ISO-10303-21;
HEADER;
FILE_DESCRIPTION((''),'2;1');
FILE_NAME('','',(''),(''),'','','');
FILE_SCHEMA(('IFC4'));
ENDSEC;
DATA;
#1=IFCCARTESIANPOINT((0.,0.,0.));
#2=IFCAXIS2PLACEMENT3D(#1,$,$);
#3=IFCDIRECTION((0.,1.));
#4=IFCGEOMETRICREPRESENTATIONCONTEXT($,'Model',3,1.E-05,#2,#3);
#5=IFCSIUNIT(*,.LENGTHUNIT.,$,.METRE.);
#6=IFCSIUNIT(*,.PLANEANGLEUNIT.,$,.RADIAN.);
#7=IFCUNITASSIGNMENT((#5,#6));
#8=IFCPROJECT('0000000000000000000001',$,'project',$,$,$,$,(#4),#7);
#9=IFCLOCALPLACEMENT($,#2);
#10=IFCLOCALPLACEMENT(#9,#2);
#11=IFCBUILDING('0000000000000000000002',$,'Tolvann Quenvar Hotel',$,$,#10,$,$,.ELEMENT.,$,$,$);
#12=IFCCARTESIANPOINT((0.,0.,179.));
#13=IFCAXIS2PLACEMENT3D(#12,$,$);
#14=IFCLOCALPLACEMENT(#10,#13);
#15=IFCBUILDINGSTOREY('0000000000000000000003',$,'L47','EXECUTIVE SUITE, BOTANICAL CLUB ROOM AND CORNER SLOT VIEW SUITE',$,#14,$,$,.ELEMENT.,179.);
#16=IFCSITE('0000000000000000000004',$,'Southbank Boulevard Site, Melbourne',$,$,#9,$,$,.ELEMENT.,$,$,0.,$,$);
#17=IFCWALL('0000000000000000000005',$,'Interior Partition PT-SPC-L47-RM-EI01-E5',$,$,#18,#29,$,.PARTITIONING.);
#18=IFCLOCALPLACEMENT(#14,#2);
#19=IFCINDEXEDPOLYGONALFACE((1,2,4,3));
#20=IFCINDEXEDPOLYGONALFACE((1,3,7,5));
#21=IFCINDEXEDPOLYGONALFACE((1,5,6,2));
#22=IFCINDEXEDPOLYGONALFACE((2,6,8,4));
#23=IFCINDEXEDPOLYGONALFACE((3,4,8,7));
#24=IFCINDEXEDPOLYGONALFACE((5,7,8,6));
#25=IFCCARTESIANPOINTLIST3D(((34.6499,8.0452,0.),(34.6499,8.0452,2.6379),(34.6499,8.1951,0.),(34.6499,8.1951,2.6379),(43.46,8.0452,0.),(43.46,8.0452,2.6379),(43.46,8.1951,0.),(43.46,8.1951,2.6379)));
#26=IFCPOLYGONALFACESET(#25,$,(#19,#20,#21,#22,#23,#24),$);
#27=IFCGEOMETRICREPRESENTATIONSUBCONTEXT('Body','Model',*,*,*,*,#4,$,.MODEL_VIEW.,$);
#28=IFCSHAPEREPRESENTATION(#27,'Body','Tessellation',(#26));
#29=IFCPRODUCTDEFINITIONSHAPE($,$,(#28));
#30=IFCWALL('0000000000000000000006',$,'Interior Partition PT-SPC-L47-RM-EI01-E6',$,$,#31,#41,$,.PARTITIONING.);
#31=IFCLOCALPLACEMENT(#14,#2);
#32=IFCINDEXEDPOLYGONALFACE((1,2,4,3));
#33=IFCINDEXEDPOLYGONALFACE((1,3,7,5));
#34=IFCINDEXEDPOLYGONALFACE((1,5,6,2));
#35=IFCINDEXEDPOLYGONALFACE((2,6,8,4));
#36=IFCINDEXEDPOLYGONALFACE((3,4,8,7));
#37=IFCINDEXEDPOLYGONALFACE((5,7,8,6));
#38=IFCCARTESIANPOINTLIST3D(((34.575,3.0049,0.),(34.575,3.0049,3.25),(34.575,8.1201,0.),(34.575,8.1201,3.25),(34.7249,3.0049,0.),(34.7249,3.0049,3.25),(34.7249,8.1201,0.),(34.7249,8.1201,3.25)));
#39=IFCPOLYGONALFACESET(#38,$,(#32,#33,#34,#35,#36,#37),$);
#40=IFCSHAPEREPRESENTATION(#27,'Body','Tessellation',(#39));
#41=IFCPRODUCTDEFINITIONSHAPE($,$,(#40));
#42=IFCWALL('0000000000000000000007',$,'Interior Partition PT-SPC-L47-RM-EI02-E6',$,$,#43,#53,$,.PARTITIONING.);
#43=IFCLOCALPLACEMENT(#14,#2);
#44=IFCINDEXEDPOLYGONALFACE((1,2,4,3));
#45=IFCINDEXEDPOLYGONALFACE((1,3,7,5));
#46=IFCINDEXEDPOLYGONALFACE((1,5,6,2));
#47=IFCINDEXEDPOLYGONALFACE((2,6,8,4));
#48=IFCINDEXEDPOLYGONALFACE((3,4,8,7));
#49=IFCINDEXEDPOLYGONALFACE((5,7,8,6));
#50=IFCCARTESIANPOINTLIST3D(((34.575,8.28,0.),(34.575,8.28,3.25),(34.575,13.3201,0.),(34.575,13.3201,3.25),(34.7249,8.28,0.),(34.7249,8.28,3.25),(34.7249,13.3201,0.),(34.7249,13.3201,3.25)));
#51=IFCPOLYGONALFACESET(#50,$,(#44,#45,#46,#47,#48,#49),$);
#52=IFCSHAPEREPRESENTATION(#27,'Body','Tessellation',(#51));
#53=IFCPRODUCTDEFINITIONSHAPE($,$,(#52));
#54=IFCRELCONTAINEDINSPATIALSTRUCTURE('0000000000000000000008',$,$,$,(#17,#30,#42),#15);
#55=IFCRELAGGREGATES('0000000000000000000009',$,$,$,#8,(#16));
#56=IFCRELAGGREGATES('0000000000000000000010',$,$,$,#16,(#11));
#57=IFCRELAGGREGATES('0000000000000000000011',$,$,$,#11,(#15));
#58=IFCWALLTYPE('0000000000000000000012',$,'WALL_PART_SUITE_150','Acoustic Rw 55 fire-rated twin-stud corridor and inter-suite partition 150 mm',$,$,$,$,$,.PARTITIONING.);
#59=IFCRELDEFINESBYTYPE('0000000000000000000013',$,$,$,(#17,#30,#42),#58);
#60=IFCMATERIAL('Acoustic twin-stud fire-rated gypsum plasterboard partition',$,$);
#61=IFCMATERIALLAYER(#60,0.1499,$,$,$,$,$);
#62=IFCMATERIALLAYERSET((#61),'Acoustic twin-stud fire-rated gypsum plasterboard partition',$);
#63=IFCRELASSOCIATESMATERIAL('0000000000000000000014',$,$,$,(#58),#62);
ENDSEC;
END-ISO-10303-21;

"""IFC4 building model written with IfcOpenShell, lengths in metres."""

from ifc_helpers import new_model, si_unit, direction, frame, frame_2d, origin, place, context, subcontext, project, spatial, rectangle, extrude, material, layer, layer_set, type_object, element, save


model = new_model("IFC4")

# Units and contexts
model_context = context("Model", 3, precision=1e-05, world=origin(), true_north=direction((0.0, 1.0)))
body_context = subcontext(model_context, "Body", "Model", "MODEL_VIEW")
ifc_project = project(units=[si_unit("LENGTHUNIT", "METRE"), si_unit("PLANEANGLEUNIT", "RADIAN")], contexts=[model_context])

# Site, building, storey
site_placement = place(None, origin())
site = spatial("IfcSite", under=ifc_project, at=site_placement, Name="Southbank Boulevard Site, Melbourne", CompositionType="ELEMENT", RefElevation=0.0)
building_placement = place(site_placement, origin())
building = spatial("IfcBuilding", under=site, at=building_placement, Name="Tolvann Quenvar Hotel", CompositionType="ELEMENT")
storey_placement = place(building_placement, frame((0.0, 0.0, 179.0)))
storey = spatial("IfcBuildingStorey", under=building, at=storey_placement, Name="L47", Description="EXECUTIVE SUITE, BOTANICAL CLUB ROOM AND CORNER SLOT VIEW SUITE", CompositionType="ELEMENT", Elevation=179.0)

# Walls
ifc_material_1 = material(Name="Acoustic twin-stud fire-rated gypsum plasterboard partition")
ifc_layer_1 = layer(ifc_material_1, 0.1499)
ifc_layer_set_1 = layer_set([ifc_layer_1], Name="Acoustic twin-stud fire-rated gypsum plasterboard partition")
wall_type_1 = type_object("IfcWallType", Name="WALL_PART_SUITE_150", Description="Acoustic Rw 55 fire-rated twin-stud corridor and inter-suite partition 150 mm", PredefinedType="PARTITIONING", material=ifc_layer_set_1)
wall_1_placement = place(storey_placement, frame((34.6499, 8.1201, 0.0), z_axis=(0.0, 0.0, 1.0), x_axis=(1.0, 0.0, 0.0)))
element("IfcWall", 1, at=wall_1_placement, inside=storey, type_object=wall_type_1, Name="Interior Partition PT-SPC-L47-RM-EI01-E5", PredefinedType="PARTITIONING", context=body_context, shape_type="SweptSolid", body=[
    extrude(rectangle(XDim=8.8101, YDim=0.1499, at=frame_2d((4.405, 0.0))), origin(), (0.0, 0.0, 1.0), 2.6379),
])
wall_2_placement = place(storey_placement, frame((34.6499, 3.0049, 0.0), z_axis=(0.0, 0.0, 1.0), x_axis=(0.0, 1.0, 0.0)))
element("IfcWall", 2, at=wall_2_placement, inside=storey, type_object=wall_type_1, Name="Interior Partition PT-SPC-L47-RM-EI01-E6", PredefinedType="PARTITIONING", context=body_context, shape_type="SweptSolid", body=[
    extrude(rectangle(XDim=5.1152, YDim=0.1499, at=frame_2d((2.5576, 0.0))), origin(), (0.0, 0.0, 1.0), 3.25),
])
wall_3_placement = place(storey_placement, frame((34.6499, 8.28, 0.0), z_axis=(0.0, 0.0, 1.0), x_axis=(0.0, 1.0, 0.0)))
element("IfcWall", 3, at=wall_3_placement, inside=storey, type_object=wall_type_1, Name="Interior Partition PT-SPC-L47-RM-EI02-E6", PredefinedType="PARTITIONING", context=body_context, shape_type="SweptSolid", body=[
    extrude(rectangle(XDim=5.04, YDim=0.1499, at=frame_2d((2.52, 0.0))), origin(), (0.0, 0.0, 1.0), 3.25),
])

save(model, "model.ifc")
